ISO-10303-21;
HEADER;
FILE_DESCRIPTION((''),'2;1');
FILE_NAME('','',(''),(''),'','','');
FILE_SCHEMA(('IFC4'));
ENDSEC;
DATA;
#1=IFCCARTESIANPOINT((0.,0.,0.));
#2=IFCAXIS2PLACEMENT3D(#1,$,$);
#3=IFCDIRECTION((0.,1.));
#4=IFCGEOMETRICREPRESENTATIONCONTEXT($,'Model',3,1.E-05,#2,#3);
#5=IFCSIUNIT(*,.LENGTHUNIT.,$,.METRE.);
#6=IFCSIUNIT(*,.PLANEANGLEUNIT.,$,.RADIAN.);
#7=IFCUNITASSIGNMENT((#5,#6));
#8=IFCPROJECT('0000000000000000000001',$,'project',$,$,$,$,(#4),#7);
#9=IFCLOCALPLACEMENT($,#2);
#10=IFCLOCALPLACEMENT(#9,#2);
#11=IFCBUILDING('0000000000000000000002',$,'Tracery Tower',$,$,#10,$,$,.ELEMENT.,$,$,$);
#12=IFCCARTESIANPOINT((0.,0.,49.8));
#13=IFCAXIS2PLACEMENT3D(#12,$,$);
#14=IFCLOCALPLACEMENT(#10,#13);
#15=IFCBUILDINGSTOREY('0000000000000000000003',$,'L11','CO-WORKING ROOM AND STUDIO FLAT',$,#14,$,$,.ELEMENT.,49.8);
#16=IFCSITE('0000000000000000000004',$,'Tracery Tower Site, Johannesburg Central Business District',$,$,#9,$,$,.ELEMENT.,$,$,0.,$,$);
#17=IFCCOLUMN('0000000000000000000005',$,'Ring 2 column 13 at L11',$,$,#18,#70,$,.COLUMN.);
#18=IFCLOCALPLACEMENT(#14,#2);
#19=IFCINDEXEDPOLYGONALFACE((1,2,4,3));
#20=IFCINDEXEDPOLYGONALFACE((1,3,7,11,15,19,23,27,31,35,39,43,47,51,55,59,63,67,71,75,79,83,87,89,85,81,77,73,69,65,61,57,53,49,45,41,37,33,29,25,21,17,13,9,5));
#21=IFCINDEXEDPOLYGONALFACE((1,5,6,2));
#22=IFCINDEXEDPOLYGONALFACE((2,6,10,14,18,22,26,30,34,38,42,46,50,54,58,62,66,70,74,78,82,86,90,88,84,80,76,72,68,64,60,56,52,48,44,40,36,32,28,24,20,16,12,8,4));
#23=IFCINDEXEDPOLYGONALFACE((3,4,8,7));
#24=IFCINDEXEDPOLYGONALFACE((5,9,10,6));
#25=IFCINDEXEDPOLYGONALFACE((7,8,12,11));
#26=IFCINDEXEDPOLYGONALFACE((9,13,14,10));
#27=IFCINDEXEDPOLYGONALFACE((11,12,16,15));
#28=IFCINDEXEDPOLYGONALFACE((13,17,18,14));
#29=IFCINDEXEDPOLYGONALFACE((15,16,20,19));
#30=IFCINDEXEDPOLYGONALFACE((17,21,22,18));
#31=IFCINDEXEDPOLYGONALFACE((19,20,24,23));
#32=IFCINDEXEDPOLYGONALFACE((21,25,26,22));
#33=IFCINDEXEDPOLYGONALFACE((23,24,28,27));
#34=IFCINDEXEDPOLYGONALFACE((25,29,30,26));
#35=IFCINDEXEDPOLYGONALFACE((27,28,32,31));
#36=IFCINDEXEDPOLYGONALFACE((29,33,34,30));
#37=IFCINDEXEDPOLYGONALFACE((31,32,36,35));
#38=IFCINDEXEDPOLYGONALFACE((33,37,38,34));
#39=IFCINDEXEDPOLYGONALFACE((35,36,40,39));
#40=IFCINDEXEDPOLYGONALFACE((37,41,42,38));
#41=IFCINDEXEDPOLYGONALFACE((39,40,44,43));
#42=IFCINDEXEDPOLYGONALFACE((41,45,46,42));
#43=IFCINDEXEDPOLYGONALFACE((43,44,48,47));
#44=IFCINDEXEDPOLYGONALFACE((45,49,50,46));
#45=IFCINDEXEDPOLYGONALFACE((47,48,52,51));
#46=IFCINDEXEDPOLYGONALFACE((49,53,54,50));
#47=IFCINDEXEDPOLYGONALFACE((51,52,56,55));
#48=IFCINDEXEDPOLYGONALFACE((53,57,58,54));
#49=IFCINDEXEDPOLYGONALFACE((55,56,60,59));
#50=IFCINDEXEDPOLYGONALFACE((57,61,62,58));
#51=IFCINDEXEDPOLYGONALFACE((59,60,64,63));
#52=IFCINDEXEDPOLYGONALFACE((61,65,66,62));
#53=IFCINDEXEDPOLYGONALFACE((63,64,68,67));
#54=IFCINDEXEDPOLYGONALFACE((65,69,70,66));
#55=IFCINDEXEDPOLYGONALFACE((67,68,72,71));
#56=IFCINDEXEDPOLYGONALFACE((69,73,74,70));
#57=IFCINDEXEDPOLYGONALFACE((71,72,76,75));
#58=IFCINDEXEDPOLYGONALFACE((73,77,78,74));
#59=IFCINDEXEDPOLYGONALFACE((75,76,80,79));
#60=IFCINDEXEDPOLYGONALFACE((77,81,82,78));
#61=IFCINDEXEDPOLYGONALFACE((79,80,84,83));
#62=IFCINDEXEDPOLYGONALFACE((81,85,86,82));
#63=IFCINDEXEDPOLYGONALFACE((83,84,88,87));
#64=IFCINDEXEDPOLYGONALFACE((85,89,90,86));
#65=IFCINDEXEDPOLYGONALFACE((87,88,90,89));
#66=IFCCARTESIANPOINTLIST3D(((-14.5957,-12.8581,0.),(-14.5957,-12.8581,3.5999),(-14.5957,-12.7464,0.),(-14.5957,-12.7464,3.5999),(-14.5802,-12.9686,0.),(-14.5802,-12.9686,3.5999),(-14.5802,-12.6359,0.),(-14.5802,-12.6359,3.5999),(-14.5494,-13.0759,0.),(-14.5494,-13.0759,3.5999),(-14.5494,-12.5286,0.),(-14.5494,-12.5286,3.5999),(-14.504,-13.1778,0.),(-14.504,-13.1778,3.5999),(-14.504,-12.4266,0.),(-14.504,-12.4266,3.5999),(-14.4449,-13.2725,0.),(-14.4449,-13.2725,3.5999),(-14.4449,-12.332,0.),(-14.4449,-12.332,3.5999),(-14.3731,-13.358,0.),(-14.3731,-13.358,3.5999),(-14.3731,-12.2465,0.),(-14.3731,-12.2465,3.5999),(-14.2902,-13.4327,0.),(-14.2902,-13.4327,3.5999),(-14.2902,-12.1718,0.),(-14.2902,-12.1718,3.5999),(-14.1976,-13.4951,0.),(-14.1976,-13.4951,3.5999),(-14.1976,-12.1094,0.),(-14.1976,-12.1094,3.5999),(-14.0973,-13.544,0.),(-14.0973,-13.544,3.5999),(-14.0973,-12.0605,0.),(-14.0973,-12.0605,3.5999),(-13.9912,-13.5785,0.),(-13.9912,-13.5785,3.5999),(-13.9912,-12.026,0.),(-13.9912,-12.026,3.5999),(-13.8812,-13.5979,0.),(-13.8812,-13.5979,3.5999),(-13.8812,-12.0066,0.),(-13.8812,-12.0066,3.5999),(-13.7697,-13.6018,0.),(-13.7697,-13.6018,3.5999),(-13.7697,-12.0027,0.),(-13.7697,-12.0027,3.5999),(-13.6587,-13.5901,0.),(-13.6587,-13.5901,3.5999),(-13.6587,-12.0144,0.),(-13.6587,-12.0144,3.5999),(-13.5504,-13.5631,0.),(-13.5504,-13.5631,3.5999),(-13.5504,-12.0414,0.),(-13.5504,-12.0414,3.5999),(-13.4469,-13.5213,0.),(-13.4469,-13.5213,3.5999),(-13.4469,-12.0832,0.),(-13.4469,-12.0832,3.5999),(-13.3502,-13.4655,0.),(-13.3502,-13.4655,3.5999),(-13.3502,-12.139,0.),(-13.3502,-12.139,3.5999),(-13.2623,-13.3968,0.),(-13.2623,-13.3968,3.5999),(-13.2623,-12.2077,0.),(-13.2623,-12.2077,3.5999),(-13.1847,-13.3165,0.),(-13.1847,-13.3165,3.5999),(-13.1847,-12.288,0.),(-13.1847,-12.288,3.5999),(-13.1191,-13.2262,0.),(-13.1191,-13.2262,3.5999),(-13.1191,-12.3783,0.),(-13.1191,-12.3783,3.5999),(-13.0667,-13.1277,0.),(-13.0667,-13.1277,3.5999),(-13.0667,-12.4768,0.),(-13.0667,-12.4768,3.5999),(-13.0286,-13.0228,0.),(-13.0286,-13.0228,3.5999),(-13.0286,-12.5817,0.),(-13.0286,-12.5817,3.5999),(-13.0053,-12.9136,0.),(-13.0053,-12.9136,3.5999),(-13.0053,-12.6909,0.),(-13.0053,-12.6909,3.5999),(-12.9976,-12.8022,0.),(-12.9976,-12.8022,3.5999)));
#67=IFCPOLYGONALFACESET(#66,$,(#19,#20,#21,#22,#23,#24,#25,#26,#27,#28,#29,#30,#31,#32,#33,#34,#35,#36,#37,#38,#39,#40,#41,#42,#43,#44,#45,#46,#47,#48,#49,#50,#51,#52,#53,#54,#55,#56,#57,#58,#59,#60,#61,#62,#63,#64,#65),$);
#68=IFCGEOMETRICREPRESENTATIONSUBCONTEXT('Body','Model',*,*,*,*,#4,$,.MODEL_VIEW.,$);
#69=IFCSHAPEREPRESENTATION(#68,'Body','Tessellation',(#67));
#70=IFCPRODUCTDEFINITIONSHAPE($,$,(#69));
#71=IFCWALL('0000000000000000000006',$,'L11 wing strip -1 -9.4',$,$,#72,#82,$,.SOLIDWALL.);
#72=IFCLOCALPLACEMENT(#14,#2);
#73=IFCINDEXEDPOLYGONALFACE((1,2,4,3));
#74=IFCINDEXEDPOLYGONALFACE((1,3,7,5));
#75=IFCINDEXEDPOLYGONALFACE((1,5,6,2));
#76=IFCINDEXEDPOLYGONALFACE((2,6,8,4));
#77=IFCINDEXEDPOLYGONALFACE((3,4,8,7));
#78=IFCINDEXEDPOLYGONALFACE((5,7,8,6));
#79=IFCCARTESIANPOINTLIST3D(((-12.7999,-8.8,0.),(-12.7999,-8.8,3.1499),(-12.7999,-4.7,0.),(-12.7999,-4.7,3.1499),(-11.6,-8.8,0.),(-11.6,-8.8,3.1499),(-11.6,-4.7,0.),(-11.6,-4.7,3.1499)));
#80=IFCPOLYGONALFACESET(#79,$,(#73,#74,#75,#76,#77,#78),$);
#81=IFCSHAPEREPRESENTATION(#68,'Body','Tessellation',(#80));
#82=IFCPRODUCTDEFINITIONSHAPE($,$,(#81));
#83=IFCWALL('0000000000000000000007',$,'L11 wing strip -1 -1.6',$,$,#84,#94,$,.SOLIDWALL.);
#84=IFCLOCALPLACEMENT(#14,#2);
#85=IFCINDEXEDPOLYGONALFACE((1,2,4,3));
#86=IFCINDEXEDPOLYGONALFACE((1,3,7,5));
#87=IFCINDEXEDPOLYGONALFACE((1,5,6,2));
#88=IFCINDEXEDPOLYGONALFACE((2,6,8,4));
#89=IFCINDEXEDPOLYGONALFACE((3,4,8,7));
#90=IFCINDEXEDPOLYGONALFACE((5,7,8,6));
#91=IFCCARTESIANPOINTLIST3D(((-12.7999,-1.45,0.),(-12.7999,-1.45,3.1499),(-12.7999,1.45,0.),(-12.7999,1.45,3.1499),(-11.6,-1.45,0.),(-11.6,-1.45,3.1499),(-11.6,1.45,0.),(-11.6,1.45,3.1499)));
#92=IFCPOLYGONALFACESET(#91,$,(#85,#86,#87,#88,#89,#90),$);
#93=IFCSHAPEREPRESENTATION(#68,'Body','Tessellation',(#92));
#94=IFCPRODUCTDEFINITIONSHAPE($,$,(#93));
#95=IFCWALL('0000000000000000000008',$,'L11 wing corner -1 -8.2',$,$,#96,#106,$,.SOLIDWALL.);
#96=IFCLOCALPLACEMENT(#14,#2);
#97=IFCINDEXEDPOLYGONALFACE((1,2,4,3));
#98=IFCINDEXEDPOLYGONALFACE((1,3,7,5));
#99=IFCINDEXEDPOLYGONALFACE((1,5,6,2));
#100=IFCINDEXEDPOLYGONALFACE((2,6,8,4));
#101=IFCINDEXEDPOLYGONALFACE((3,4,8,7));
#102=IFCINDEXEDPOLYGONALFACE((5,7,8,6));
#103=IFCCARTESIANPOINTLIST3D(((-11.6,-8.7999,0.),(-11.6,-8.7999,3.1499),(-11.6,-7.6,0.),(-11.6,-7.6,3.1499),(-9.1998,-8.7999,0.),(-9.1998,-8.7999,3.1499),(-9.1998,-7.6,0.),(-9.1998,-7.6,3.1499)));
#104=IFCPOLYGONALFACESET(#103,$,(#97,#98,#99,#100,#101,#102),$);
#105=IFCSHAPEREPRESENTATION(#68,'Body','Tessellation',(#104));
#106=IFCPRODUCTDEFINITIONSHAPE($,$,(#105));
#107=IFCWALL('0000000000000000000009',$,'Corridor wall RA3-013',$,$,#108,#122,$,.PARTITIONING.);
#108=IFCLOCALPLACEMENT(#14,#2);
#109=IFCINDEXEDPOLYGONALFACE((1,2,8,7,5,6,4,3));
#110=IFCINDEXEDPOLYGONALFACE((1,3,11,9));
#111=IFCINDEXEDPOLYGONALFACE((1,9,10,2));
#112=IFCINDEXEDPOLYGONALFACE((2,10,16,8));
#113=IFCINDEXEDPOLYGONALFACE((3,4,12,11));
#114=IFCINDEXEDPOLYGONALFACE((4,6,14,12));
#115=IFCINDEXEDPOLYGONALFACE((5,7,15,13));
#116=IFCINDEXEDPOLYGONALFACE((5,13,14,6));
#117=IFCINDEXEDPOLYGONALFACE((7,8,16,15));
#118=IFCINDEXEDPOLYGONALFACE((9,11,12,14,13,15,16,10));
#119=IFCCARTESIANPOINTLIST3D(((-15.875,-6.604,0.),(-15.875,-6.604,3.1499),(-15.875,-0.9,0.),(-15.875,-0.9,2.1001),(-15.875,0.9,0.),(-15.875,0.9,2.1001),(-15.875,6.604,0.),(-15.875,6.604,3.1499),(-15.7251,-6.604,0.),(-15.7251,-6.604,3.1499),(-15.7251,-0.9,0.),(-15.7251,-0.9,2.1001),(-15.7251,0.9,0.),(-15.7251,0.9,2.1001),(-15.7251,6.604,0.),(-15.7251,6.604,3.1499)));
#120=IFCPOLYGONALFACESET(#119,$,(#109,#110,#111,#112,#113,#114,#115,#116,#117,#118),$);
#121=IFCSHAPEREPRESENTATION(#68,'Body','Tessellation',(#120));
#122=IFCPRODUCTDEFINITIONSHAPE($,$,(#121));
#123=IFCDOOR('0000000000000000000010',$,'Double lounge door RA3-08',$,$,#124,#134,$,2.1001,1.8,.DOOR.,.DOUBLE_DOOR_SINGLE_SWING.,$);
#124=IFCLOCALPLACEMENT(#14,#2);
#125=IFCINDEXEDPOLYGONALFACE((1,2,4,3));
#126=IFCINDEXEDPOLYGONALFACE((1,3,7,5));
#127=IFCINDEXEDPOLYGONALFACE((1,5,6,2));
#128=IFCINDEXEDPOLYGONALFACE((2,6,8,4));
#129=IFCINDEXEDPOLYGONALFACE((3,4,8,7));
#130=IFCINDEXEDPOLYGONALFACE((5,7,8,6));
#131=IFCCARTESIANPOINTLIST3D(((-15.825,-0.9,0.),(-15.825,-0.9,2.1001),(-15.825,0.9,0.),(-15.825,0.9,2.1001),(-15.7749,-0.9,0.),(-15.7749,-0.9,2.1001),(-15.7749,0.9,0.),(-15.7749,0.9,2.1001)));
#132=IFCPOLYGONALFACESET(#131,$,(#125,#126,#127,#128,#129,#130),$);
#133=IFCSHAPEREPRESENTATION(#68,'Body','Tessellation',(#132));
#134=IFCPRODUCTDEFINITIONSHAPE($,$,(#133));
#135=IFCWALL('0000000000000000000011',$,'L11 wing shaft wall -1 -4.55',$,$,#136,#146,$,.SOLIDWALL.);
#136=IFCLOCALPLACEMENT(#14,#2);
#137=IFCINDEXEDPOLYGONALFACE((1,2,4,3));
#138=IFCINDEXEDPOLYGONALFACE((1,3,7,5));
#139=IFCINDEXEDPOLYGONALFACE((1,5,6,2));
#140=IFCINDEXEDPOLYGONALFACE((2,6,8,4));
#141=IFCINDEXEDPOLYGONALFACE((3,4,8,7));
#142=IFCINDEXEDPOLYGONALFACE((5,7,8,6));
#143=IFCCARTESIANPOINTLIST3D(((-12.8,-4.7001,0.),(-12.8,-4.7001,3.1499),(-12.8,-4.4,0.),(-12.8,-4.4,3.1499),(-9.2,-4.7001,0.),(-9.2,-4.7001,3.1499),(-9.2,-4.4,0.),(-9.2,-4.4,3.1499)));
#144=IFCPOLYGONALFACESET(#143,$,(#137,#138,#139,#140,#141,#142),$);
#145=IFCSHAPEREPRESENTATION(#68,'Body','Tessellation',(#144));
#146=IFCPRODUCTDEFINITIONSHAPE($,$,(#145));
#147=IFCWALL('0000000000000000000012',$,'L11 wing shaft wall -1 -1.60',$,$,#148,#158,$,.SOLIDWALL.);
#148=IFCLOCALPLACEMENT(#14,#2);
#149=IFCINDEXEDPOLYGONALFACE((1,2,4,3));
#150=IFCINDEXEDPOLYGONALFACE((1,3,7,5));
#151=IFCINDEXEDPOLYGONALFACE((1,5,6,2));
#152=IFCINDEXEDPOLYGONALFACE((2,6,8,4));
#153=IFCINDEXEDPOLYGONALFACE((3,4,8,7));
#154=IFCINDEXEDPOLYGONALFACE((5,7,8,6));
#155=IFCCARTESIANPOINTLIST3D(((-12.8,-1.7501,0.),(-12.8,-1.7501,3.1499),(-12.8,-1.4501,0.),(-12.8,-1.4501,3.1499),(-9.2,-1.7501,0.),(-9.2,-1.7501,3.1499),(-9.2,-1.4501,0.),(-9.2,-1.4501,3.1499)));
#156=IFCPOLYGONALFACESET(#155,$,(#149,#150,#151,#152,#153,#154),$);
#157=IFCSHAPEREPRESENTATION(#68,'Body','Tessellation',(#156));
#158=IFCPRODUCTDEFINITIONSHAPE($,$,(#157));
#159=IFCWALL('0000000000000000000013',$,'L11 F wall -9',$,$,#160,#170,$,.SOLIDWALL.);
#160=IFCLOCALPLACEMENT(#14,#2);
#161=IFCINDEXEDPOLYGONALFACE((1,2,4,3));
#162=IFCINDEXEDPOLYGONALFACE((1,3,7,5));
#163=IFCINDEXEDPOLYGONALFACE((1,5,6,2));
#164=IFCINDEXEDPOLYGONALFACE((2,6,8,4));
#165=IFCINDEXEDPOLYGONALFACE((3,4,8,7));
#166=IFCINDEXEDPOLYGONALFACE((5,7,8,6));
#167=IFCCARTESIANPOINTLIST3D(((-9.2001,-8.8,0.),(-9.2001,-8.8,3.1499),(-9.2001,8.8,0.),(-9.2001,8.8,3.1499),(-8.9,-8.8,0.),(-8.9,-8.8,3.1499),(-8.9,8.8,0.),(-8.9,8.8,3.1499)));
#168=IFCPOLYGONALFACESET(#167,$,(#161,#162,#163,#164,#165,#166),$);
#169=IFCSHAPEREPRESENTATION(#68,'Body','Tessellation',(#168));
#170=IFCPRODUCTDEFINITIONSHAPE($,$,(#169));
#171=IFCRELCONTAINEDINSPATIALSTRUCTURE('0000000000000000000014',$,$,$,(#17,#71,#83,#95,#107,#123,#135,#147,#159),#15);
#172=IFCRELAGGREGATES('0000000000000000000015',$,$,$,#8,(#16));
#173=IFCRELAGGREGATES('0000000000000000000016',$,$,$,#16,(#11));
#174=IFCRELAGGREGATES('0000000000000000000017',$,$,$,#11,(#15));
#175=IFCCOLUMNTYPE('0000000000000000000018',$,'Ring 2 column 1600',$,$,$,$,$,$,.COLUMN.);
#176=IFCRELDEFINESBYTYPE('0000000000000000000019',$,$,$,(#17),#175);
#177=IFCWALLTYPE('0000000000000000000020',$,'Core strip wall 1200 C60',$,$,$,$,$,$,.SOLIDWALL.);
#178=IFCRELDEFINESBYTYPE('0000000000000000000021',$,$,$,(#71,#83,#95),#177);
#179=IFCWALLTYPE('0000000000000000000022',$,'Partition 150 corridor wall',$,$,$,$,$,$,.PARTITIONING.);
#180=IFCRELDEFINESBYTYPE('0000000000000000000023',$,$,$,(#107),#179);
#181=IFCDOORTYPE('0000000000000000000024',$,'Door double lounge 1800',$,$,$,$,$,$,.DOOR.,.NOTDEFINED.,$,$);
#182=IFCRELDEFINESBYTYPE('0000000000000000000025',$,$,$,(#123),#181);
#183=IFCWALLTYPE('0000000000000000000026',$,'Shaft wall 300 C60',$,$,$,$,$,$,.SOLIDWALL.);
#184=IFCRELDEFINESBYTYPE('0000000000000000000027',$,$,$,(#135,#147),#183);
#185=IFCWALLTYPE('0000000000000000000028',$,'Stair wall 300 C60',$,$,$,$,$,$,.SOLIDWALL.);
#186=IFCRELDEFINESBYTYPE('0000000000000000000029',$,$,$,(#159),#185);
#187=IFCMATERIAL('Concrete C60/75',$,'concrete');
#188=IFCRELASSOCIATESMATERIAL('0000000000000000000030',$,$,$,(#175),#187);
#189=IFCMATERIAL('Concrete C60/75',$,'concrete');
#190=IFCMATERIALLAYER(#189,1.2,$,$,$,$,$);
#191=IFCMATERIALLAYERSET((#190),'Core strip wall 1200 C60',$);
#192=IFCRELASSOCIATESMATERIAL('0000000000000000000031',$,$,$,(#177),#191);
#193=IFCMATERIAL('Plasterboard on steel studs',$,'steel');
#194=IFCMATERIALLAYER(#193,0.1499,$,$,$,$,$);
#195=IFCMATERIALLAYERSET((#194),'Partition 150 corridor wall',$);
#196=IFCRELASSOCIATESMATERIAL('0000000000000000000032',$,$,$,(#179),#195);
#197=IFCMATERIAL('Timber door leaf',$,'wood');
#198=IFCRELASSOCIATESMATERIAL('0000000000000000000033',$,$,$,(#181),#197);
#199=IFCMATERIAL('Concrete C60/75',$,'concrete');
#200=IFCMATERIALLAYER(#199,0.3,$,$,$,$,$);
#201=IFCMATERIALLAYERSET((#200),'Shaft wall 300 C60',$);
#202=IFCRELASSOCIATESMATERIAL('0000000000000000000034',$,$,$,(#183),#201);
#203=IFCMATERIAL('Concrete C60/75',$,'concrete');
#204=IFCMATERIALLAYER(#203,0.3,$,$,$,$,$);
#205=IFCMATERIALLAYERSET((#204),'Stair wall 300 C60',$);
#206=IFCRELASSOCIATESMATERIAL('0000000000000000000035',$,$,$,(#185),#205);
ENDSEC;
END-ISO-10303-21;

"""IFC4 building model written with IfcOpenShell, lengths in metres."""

from ifc_helpers import new_model, si_unit, direction, frame, frame_2d, origin, origin_2d, place, context, subcontext, project, spatial, rectangle, circle, extrude, material, layer, layer_set, material_profile, profile_set, type_object, element, fill, save


model = new_model("IFC4")

# Units and contexts
model_context = context("Model", 3, precision=1e-05, world=origin(), true_north=direction((0.0, 1.0)))
body_context = subcontext(model_context, "Body", "Model", "MODEL_VIEW")
ifc_project = project(units=[si_unit("LENGTHUNIT", "METRE"), si_unit("PLANEANGLEUNIT", "RADIAN")], contexts=[model_context])

# Site, building, storey
site_placement = place(None, origin())
site = spatial("IfcSite", under=ifc_project, at=site_placement, Name="Tracery Tower Site, Johannesburg Central Business District", CompositionType="ELEMENT", RefElevation=0.0)
building_placement = place(site_placement, origin())
building = spatial("IfcBuilding", under=site, at=building_placement, Name="Tracery Tower", CompositionType="ELEMENT")
storey_placement = place(building_placement, frame((0.0, 0.0, 49.8)))
storey = spatial("IfcBuildingStorey", under=building, at=storey_placement, Name="L11", Description="CO-WORKING ROOM AND STUDIO FLAT", CompositionType="ELEMENT", Elevation=49.8)

# Column
ifc_material_1 = material(Name="Concrete C60/75", Category="concrete")
ifc_material_profile = material_profile(ifc_material_1, circle(Radius=0.8, at=origin_2d()), Name="RC D1600")
ifc_profile_set = profile_set([ifc_material_profile], Name="Concrete C60/75")
column_type = type_object("IfcColumnType", Name="Ring 2 column 1600", PredefinedType="COLUMN", material=ifc_profile_set)
column_placement = place(storey_placement, frame((-13.7976, -12.8022, 0.0), z_axis=(0.0, 0.0, 1.0), x_axis=(1.0, 0.0, 0.0)))
element("IfcColumn", 1, at=column_placement, inside=storey, type_object=column_type, Name="Ring 2 column 13 at L11", PredefinedType="COLUMN", context=body_context, shape_type="SweptSolid", body=[
    extrude(circle(Radius=0.8, at=origin_2d()), origin(), (0.0, 0.0, 1.0), 3.5999),
])

# Walls
ifc_material_2 = material(Name="Concrete C60/75", Category="concrete")
ifc_layer_1 = layer(ifc_material_2, 1.2)
ifc_layer_set_1 = layer_set([ifc_layer_1], Name="Core strip wall 1200 C60")
wall_type_1 = type_object("IfcWallType", Name="Core strip wall 1200 C60", PredefinedType="SOLIDWALL", material=ifc_layer_set_1)
wall_1_placement = place(storey_placement, frame((-12.2, -8.8, 0.0), z_axis=(0.0, 0.0, 1.0), x_axis=(0.0, 1.0, 0.0)))
element("IfcWall", 2, at=wall_1_placement, inside=storey, type_object=wall_type_1, Name="L11 wing strip -1 -9.4", PredefinedType="SOLIDWALL", context=body_context, shape_type="SweptSolid", body=[
    extrude(rectangle(XDim=4.1001, YDim=1.2, at=frame_2d((2.05, 0.0))), origin(), (0.0, 0.0, 1.0), 3.1499),
])
wall_2_placement = place(storey_placement, frame((-12.2, -1.45, 0.0), z_axis=(0.0, 0.0, 1.0), x_axis=(0.0, 1.0, 0.0)))
element("IfcWall", 3, at=wall_2_placement, inside=storey, type_object=wall_type_1, Name="L11 wing strip -1 -1.6", PredefinedType="SOLIDWALL", context=body_context, shape_type="SweptSolid", body=[
    extrude(rectangle(XDim=2.8999, YDim=1.2, at=frame_2d((1.45, 0.0))), origin(), (0.0, 0.0, 1.0), 3.1499),
])
wall_3_placement = place(storey_placement, frame((-11.6001, -8.2, 0.0), z_axis=(0.0, 0.0, 1.0), x_axis=(1.0, 0.0, 0.0)))
element("IfcWall", 4, at=wall_3_placement, inside=storey, type_object=wall_type_1, Name="L11 wing corner -1 -8.2", PredefinedType="SOLIDWALL", context=body_context, shape_type="SweptSolid", body=[
    extrude(rectangle(XDim=2.4001, YDim=1.2, at=frame_2d((1.2002, 0.0))), origin(), (0.0, 0.0, 1.0), 3.1499),
])

# Wall, opening, door
ifc_material_3 = material(Name="Plasterboard on steel studs", Category="steel")
ifc_layer_2 = layer(ifc_material_3, 0.1499)
ifc_layer_set_2 = layer_set([ifc_layer_2], Name="Partition 150 corridor wall")
wall_type_2 = type_object("IfcWallType", Name="Partition 150 corridor wall", PredefinedType="PARTITIONING", material=ifc_layer_set_2)
wall_4_placement = place(storey_placement, frame((-15.8, -6.604, 0.0), z_axis=(0.0, 0.0, 1.0), x_axis=(0.0, 1.0, 0.0)))
wall_4 = element("IfcWall", 5, at=wall_4_placement, inside=storey, type_object=wall_type_2, Name="Corridor wall RA3-013", PredefinedType="PARTITIONING", context=body_context, shape_type="SweptSolid", body=[
    extrude(rectangle(XDim=13.208, YDim=0.1499, at=frame_2d((6.604, 0.0))), origin(), (0.0, 0.0, 1.0), 3.1499),
])
opening_1_placement = place(wall_4_placement, frame((5.7041, 0.0, 0.0)))
opening_1 = element("IfcOpeningElement", 6, at=opening_1_placement, cuts=wall_4, PredefinedType="OPENING", context=body_context, shape_type="SweptSolid", body=[
    extrude(rectangle(XDim=1.8, YDim=2.1001, at=frame_2d((0.8999, 1.05))), frame((0.0, 0.075, 0.0), z_axis=(0.0, -1.0, 0.0), x_axis=(1.0, 0.0, 0.0)), (0.0, 0.0, 1.0), 0.1499),
])
ifc_material_4 = material(Name="Timber door leaf", Category="wood")
door_type_1 = type_object("IfcDoorType", Name="Door double lounge 1800", OperationType="NOTDEFINED", PredefinedType="DOOR", material=ifc_material_4)
door_1_placement = place(opening_1_placement, origin())
door_1 = element("IfcDoor", 7, at=door_1_placement, inside=storey, type_object=door_type_1, Name="Double lounge door RA3-08", OperationType="DOUBLE_DOOR_SINGLE_SWING", OverallHeight=2.1001, OverallWidth=1.8, PredefinedType="DOOR", context=body_context, shape_type="SweptSolid", body=[
    extrude(rectangle(XDim=1.8, YDim=2.1001, at=frame_2d((0.8999, 1.05))), frame((0.0, 0.0249, 0.0), z_axis=(0.0, -1.0, 0.0), x_axis=(1.0, 0.0, 0.0)), (0.0, 0.0, 1.0), 0.05),
])
fill(opening_1, door_1)

# Walls
ifc_material_5 = material(Name="Concrete C60/75", Category="concrete")
ifc_layer_3 = layer(ifc_material_5, 0.3)
ifc_layer_set_3 = layer_set([ifc_layer_3], Name="Shaft wall 300 C60")
wall_type_3 = type_object("IfcWallType", Name="Shaft wall 300 C60", PredefinedType="SOLIDWALL", material=ifc_layer_set_3)
for number, where, z_axis, x_axis, name in (
    (8, (-12.8, -4.55, 0.0), (0.0, 0.0, 1.0), (1.0, 0.0, 0.0), "L11 wing shaft wall -1 -4.55"),
    (9, (-12.8, -1.6001, 0.0), (0.0, 0.0, 1.0), (1.0, 0.0, 0.0), "L11 wing shaft wall -1 -1.60"),
):
    element("IfcWall", number, at=place(storey_placement, frame(where, z_axis=z_axis, x_axis=x_axis)), inside=storey, type_object=wall_type_3, Name=name, PredefinedType="SOLIDWALL", context=body_context, shape_type="SweptSolid", body=[
        extrude(rectangle(XDim=3.6001, YDim=0.3, at=frame_2d((1.8, 0.0))), origin(), (0.0, 0.0, 1.0), 3.1499),
    ])
ifc_material_6 = material(Name="Concrete C60/75", Category="concrete")
ifc_layer_4 = layer(ifc_material_6, 0.3)
ifc_layer_set_4 = layer_set([ifc_layer_4], Name="Stair wall 300 C60")
wall_type_4 = type_object("IfcWallType", Name="Stair wall 300 C60", PredefinedType="SOLIDWALL", material=ifc_layer_set_4)
wall_5_placement = place(storey_placement, frame((-9.05, -8.8, 0.0), z_axis=(0.0, 0.0, 1.0), x_axis=(0.0, 1.0, 0.0)))
element("IfcWall", 10, at=wall_5_placement, inside=storey, type_object=wall_type_4, Name="L11 F wall -9", PredefinedType="SOLIDWALL", context=body_context, shape_type="SweptSolid", body=[
    extrude(rectangle(XDim=17.6001, YDim=0.3, at=frame_2d((8.8, 0.0))), origin(), (0.0, 0.0, 1.0), 3.1499),
])

save(model, "model.ifc")
